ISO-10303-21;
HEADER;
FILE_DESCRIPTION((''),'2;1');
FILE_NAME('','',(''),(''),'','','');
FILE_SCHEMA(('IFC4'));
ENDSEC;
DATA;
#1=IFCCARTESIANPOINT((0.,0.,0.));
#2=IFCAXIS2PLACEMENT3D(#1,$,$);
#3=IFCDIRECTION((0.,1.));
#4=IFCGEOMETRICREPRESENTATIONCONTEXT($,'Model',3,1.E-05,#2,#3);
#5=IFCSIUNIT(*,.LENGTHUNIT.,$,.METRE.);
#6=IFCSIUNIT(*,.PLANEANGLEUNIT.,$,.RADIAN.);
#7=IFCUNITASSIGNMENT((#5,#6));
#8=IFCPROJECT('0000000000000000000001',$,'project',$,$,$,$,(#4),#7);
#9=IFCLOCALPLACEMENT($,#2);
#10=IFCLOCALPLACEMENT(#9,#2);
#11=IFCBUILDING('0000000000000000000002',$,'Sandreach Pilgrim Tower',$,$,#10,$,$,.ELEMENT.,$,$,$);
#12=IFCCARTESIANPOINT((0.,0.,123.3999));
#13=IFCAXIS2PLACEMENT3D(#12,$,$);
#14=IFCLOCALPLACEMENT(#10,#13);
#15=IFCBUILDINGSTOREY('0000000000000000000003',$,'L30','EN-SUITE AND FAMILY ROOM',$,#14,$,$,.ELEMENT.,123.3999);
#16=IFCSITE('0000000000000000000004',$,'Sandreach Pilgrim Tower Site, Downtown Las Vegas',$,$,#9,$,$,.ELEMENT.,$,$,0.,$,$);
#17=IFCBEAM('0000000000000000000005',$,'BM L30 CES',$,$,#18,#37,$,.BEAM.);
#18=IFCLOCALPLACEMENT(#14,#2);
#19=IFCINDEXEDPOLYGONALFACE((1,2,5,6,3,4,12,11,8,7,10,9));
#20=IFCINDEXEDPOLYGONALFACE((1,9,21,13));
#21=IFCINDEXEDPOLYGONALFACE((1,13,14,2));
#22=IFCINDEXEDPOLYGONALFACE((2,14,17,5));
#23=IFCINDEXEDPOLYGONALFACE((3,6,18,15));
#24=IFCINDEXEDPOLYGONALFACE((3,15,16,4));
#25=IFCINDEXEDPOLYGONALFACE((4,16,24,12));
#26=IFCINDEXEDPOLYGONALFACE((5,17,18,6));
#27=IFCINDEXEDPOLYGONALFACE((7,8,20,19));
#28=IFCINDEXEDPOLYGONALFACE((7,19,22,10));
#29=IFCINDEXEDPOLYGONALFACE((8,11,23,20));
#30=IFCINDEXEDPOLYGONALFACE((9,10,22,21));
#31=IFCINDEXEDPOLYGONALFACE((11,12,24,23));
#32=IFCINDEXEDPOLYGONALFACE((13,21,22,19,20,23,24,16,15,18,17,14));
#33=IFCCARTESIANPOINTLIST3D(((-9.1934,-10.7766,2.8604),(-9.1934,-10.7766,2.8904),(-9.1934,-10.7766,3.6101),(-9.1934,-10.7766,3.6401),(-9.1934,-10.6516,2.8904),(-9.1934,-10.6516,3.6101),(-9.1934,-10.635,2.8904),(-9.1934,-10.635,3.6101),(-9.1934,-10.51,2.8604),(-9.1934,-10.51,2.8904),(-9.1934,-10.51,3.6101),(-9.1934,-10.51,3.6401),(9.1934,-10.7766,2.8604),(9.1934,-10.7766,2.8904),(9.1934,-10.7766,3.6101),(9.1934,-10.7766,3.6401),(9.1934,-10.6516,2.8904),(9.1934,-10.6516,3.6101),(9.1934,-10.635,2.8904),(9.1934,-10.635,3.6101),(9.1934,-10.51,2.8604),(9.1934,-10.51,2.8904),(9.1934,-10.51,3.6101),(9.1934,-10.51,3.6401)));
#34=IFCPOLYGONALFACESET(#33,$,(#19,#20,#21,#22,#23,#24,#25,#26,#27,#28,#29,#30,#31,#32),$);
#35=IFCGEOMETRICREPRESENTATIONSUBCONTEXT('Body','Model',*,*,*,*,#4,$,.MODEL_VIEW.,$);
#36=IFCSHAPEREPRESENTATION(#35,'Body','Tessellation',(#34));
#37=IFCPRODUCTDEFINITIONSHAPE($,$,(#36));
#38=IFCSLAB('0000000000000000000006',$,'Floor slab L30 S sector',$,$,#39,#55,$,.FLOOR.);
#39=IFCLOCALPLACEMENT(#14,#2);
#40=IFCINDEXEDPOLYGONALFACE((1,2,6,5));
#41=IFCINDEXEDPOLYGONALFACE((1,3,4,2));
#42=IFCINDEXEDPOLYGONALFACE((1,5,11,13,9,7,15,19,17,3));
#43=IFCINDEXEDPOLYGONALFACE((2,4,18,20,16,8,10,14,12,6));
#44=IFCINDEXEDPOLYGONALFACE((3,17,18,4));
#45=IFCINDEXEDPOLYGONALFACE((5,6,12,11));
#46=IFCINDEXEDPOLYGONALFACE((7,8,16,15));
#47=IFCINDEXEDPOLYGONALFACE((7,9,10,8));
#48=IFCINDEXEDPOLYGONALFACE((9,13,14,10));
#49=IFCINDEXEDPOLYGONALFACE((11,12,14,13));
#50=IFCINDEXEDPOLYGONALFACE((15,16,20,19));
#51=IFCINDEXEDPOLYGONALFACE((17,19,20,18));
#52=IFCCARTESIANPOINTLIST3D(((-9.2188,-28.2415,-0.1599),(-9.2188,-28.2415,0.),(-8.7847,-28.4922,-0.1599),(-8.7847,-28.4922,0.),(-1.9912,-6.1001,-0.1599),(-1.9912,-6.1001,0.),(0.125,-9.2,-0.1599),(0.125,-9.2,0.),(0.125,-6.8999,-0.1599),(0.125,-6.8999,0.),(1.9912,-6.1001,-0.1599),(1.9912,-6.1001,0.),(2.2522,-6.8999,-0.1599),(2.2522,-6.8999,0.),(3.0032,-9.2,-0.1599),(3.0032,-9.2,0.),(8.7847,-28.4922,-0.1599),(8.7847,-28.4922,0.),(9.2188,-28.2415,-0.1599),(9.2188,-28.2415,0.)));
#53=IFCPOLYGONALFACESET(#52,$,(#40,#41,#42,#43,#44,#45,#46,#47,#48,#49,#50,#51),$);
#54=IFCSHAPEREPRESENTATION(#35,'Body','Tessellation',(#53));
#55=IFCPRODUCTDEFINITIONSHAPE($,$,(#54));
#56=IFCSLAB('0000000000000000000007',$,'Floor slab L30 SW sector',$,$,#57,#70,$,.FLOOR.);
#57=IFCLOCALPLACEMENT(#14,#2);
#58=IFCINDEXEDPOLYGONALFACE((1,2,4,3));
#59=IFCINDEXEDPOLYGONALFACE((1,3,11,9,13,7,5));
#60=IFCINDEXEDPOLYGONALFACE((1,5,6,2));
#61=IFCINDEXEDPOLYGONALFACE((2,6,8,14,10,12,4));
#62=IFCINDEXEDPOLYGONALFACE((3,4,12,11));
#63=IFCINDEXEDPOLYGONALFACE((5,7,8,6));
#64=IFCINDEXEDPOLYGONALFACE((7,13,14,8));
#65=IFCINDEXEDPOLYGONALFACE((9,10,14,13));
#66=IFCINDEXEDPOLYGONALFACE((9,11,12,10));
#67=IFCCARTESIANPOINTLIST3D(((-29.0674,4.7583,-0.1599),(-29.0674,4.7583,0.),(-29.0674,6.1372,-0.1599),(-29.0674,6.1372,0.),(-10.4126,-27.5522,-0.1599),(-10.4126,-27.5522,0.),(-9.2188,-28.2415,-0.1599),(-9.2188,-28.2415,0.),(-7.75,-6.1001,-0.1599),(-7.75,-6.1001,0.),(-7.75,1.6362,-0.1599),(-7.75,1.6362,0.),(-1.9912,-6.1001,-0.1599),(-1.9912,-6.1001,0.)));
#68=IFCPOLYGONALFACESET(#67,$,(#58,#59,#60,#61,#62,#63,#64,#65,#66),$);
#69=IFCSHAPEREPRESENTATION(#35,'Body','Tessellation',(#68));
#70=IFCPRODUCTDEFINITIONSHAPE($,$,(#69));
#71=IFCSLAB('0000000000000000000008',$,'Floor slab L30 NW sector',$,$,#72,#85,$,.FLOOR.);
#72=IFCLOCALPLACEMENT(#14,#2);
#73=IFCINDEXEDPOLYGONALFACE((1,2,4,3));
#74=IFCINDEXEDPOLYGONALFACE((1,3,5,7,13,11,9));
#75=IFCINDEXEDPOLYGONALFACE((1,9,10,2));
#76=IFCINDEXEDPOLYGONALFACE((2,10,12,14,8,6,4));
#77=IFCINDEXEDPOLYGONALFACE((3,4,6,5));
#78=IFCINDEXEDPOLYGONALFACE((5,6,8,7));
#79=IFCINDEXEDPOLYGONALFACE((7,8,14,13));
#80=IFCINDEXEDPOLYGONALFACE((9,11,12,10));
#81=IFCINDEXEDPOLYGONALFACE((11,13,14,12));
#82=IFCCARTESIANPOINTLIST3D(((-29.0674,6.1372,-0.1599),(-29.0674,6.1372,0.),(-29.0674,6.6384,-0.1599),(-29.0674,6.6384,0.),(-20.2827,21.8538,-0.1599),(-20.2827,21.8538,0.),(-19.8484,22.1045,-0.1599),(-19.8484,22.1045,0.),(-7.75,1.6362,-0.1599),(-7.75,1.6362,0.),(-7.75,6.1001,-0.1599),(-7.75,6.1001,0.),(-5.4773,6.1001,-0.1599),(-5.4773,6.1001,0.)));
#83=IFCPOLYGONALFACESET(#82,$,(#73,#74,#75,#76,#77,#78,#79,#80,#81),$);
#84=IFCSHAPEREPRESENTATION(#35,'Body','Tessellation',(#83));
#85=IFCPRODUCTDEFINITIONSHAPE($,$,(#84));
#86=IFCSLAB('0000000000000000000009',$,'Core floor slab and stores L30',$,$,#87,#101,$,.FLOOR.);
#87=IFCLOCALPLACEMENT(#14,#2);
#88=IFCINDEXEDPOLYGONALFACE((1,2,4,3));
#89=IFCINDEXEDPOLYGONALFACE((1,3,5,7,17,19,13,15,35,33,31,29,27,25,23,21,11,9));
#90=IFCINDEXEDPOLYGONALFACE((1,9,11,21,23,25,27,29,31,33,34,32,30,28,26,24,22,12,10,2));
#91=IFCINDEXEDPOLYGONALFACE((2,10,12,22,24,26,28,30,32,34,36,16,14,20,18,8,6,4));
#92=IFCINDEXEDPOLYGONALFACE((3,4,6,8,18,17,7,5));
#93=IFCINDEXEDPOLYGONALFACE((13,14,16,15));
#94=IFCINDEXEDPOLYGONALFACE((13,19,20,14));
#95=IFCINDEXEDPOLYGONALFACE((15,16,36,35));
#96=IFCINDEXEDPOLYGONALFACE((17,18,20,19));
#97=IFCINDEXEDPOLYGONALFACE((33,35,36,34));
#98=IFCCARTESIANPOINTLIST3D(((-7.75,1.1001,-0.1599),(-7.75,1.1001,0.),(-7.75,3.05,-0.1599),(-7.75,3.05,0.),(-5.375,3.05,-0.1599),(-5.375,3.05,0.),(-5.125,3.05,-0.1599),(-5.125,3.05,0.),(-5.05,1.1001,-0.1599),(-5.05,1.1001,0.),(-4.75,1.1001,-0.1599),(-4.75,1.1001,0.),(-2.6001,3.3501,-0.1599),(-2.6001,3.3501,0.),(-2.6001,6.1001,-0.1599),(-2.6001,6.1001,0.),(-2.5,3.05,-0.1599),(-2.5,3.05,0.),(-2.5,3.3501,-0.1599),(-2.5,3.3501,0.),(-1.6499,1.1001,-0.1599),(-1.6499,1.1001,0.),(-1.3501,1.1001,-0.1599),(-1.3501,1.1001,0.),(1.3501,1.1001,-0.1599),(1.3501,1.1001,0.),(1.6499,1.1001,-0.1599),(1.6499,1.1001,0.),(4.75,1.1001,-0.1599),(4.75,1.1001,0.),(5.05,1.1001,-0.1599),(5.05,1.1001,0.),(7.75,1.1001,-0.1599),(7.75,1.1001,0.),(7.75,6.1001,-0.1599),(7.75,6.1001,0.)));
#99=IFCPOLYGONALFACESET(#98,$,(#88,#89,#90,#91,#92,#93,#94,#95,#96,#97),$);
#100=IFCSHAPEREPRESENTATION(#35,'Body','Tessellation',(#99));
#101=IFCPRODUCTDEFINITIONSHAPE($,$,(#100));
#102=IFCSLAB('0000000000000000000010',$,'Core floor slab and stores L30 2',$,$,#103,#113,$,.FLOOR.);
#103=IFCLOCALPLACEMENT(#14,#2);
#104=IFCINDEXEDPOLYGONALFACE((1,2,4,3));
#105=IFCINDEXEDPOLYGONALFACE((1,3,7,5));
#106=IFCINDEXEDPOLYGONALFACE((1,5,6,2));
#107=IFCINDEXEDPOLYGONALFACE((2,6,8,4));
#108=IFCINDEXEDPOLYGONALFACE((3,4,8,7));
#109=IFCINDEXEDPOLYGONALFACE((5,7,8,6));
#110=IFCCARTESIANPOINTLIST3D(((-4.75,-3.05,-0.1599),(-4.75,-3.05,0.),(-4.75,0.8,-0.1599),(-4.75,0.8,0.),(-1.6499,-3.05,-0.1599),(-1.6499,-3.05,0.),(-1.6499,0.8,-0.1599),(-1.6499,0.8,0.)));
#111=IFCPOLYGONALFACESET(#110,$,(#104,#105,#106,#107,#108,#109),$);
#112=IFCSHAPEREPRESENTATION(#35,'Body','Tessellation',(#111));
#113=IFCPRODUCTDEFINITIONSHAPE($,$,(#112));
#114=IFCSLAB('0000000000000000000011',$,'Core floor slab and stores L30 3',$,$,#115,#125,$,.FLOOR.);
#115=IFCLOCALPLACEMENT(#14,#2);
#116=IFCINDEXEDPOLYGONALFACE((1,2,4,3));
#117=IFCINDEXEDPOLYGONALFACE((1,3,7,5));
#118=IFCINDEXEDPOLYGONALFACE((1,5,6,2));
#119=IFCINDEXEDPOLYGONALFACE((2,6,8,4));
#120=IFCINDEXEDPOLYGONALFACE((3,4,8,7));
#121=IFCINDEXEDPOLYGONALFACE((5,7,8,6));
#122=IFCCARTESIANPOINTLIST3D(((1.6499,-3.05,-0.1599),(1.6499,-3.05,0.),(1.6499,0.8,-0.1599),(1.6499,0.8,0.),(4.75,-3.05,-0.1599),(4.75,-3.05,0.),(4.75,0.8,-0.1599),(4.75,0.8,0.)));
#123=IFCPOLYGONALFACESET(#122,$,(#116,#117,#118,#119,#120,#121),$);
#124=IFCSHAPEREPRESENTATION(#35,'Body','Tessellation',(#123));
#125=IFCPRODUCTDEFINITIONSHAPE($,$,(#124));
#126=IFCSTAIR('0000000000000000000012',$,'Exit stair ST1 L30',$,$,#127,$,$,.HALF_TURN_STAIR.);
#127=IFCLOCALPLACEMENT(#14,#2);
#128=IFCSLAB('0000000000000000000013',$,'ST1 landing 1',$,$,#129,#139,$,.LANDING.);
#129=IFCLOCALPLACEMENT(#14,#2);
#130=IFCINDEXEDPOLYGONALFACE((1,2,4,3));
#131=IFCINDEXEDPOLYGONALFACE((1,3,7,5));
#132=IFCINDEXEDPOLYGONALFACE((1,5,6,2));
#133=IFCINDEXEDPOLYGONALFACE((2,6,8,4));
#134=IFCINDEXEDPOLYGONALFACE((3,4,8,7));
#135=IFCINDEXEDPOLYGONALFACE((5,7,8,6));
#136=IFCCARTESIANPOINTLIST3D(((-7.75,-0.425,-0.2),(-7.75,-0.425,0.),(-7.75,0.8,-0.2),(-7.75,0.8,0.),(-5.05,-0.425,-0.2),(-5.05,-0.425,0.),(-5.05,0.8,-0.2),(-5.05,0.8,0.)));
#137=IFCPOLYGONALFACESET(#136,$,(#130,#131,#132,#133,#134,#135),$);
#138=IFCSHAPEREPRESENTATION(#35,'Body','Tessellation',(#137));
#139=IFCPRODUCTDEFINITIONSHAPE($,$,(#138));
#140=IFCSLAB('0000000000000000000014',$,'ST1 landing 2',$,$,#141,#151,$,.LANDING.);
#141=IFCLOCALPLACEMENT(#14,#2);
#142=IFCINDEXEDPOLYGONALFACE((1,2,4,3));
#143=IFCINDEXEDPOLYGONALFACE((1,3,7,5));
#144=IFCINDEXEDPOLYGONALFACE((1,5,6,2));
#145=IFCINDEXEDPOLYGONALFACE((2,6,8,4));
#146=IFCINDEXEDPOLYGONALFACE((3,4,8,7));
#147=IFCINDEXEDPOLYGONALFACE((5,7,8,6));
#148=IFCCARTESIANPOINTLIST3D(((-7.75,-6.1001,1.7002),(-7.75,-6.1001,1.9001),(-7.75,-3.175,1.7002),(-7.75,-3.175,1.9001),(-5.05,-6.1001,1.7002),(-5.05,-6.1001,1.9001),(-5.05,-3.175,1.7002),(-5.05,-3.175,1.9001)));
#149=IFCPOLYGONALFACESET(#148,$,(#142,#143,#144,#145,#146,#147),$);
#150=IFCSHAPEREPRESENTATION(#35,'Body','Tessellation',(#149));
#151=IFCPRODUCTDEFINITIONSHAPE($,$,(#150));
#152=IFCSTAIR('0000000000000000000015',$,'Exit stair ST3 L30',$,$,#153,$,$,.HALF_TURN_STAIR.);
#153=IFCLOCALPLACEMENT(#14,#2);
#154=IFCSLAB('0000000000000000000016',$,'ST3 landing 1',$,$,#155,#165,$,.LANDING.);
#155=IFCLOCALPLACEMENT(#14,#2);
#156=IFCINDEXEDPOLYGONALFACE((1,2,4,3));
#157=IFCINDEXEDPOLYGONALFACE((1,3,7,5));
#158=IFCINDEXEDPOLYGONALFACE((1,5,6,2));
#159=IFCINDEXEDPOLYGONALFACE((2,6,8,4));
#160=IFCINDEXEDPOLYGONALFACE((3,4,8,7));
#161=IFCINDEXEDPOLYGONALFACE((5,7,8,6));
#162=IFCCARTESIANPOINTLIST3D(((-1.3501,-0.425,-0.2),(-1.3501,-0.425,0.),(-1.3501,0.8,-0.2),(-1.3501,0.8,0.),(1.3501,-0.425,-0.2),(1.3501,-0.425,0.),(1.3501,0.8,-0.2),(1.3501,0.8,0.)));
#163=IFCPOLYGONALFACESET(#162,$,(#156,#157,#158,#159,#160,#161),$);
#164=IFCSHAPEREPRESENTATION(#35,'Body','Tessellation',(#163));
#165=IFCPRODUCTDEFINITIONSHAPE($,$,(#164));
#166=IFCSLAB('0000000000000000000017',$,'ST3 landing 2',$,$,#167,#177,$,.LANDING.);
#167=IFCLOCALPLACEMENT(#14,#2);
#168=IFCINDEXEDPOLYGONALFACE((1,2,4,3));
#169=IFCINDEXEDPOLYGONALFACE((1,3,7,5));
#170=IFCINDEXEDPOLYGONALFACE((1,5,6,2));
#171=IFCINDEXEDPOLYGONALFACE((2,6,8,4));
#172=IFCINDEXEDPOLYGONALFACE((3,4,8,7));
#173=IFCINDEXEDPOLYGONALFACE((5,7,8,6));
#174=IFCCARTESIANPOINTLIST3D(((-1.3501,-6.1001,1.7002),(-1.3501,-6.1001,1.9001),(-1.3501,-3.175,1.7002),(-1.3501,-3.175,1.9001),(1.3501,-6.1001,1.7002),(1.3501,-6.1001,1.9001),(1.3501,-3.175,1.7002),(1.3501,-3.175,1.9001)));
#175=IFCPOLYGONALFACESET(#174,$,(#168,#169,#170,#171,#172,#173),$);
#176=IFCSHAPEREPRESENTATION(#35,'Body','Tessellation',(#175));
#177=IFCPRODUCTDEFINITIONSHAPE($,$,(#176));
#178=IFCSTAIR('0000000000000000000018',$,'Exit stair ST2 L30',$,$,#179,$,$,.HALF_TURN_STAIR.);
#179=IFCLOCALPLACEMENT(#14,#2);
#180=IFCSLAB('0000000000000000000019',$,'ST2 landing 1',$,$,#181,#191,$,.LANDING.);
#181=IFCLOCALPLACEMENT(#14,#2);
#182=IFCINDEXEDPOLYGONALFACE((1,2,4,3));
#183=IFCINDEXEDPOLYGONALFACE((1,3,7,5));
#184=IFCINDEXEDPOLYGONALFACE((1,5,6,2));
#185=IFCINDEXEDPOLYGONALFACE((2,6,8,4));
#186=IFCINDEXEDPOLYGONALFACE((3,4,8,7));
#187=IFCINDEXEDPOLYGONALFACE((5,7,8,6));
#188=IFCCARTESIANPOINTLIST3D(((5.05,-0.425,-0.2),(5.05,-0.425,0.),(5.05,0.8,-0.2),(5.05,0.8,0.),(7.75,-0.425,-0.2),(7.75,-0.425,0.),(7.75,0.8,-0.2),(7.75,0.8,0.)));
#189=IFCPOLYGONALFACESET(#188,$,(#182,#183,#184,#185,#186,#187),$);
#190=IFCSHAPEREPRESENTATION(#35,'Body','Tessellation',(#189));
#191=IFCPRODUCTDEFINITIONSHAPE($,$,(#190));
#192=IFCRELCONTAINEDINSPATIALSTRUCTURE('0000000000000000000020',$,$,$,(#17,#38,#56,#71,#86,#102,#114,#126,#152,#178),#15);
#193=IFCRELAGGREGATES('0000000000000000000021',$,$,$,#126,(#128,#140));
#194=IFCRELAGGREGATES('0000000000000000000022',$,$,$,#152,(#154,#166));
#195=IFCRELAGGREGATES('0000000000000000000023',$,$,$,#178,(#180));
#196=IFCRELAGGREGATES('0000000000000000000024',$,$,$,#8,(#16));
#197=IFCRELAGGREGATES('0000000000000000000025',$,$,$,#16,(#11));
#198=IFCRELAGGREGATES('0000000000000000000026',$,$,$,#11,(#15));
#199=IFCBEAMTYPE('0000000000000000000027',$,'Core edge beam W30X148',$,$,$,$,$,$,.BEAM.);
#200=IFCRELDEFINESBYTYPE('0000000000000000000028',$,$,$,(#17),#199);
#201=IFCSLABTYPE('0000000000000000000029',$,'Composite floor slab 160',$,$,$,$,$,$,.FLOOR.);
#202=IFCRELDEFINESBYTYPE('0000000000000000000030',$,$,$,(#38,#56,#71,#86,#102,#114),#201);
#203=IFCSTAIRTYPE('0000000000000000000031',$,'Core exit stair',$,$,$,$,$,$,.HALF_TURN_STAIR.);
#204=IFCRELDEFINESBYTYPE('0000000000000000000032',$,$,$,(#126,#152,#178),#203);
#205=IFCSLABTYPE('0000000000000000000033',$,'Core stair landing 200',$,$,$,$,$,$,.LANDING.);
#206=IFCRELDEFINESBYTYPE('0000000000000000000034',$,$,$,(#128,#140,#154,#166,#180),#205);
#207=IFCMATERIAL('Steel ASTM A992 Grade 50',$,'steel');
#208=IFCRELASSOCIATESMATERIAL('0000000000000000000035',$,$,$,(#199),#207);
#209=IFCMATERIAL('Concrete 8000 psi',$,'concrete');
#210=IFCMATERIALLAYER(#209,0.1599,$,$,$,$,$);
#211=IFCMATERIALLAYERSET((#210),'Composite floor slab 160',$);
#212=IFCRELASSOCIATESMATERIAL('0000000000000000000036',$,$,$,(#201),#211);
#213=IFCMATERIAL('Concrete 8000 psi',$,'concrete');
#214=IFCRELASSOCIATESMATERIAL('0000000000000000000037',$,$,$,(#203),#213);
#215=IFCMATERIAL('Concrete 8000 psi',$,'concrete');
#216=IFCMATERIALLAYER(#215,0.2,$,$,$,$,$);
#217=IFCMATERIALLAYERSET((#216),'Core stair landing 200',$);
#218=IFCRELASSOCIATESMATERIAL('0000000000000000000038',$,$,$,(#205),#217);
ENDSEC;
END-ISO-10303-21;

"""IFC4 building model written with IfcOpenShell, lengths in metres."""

from ifc_helpers import new_model, si_unit, direction, frame, origin, origin_2d, place, context, subcontext, project, spatial, polyline, i_section, outline, extrude, material, layer, layer_set, material_profile, profile_set, type_object, element, aggregate, save


model = new_model("IFC4")

# Units and contexts
model_context = context("Model", 3, precision=1e-05, world=origin(), true_north=direction((0.0, 1.0)))
body_context = subcontext(model_context, "Body", "Model", "MODEL_VIEW")
ifc_project = project(units=[si_unit("LENGTHUNIT", "METRE"), si_unit("PLANEANGLEUNIT", "RADIAN")], contexts=[model_context])

# Site, building, storey
site_placement = place(None, origin())
site = spatial("IfcSite", under=ifc_project, at=site_placement, Name="Sandreach Pilgrim Tower Site, Downtown Las Vegas", CompositionType="ELEMENT", RefElevation=0.0)
building_placement = place(site_placement, origin())
building = spatial("IfcBuilding", under=site, at=building_placement, Name="Sandreach Pilgrim Tower", CompositionType="ELEMENT")
storey_placement = place(building_placement, frame((0.0, 0.0, 123.3999)))
storey = spatial("IfcBuildingStorey", under=building, at=storey_placement, Name="L30", Description="EN-SUITE AND FAMILY ROOM", CompositionType="ELEMENT", Elevation=123.3999)

# Beam
ifc_material_1 = material(Name="Steel ASTM A992 Grade 50", Category="steel")
ifc_material_profile = material_profile(ifc_material_1, i_section(OverallWidth=0.2666, OverallDepth=0.7798, WebThickness=0.0166, FlangeThickness=0.03, at=origin_2d()), Name="W30X148")
ifc_profile_set = profile_set([ifc_material_profile], Name="Steel ASTM A992 Grade 50")
beam_type = type_object("IfcBeamType", Name="Core edge beam W30X148", PredefinedType="BEAM", material=ifc_profile_set)
beam_placement = place(storey_placement, frame((9.1934, -10.6433, 3.2502), z_axis=(-1.0, 0.0, 0.0), x_axis=(0.0, -1.0, 0.0)))
element("IfcBeam", 1, at=beam_placement, inside=storey, type_object=beam_type, Name="BM L30 CES", PredefinedType="BEAM", context=body_context, shape_type="SweptSolid", body=[
    extrude(i_section(OverallWidth=0.2666, OverallDepth=0.7798, WebThickness=0.0166, FlangeThickness=0.03, at=origin_2d()), origin(), (0.0, 0.0, 1.0), 18.3867),
])

# Slabs
ifc_material_2 = material(Name="Concrete 8000 psi", Category="concrete")
ifc_layer_1 = layer(ifc_material_2, 0.1599)
ifc_layer_set_1 = layer_set([ifc_layer_1], Name="Composite floor slab 160")
slab_type_1 = type_object("IfcSlabType", Name="Composite floor slab 160", PredefinedType="FLOOR", material=ifc_layer_set_1)
slab_1_placement = place(storey_placement, frame((0.0, 0.0, -0.1599)))
element("IfcSlab", 2, at=slab_1_placement, inside=storey, type_object=slab_type_1, Name="Floor slab L30 S sector", PredefinedType="FLOOR", context=body_context, shape_type="SweptSolid", body=[
    extrude(outline(polyline([(8.7847, -28.4922), (-8.7847, -28.4922), (-9.2188, -28.2415), (-1.9912, -6.1001), (1.9912, -6.1001), (2.2522, -6.8999), (0.125, -6.8999), (0.125, -9.2), (3.0032, -9.2), (9.2188, -28.2415), (8.7847, -28.4922)])), origin(), (0.0, 0.0, 1.0), 0.1599),
])
slab_2_placement = place(storey_placement, frame((0.0, 0.0, -0.1599)))
element("IfcSlab", 3, at=slab_2_placement, inside=storey, type_object=slab_type_1, Name="Floor slab L30 SW sector", PredefinedType="FLOOR", context=body_context, shape_type="SweptSolid", body=[
    extrude(outline(polyline([(-10.4126, -27.5522), (-29.0674, 4.7583), (-29.0674, 6.1372), (-7.75, 1.6362), (-7.75, -6.1001), (-1.9912, -6.1001), (-9.2188, -28.2415), (-10.4126, -27.5522)])), origin(), (0.0, 0.0, 1.0), 0.1599),
])
slab_3_placement = place(storey_placement, frame((0.0, 0.0, -0.1599)))
element("IfcSlab", 4, at=slab_3_placement, inside=storey, type_object=slab_type_1, Name="Floor slab L30 NW sector", PredefinedType="FLOOR", context=body_context, shape_type="SweptSolid", body=[
    extrude(outline(polyline([(-29.0674, 6.6384), (-20.2827, 21.8538), (-19.8484, 22.1045), (-5.4773, 6.1001), (-7.75, 6.1001), (-7.75, 1.6362), (-29.0674, 6.1372), (-29.0674, 6.6384)])), origin(), (0.0, 0.0, 1.0), 0.1599),
])
slab_4_placement = place(storey_placement, frame((0.0, 0.0, -0.1599)))
element("IfcSlab", 5, at=slab_4_placement, inside=storey, type_object=slab_type_1, Name="Core floor slab and stores L30", PredefinedType="FLOOR", context=body_context, shape_type="SweptSolid", body=[
    extrude(outline(polyline([(-7.75, 3.05), (-5.375, 3.05), (-5.125, 3.05), (-2.5, 3.05), (-2.5, 3.3501), (-2.6001, 3.3501), (-2.6001, 6.1001), (7.75, 6.1001), (7.75, 1.1001), (5.05, 1.1001), (4.75, 1.1001), (1.6499, 1.1001), (1.3501, 1.1001), (-1.3501, 1.1001), (-1.6499, 1.1001), (-4.75, 1.1001), (-5.05, 1.1001), (-7.75, 1.1001), (-7.75, 3.05)])), origin(), (0.0, 0.0, 1.0), 0.1599),
])
slab_5_placement = place(storey_placement, frame((0.0, 0.0, -0.1599)))
element("IfcSlab", 6, at=slab_5_placement, inside=storey, type_object=slab_type_1, Name="Core floor slab and stores L30 2", PredefinedType="FLOOR", context=body_context, shape_type="SweptSolid", body=[
    extrude(outline(polyline([(-1.6499, -3.05), (-4.75, -3.05), (-4.75, 0.8), (-1.6499, 0.8), (-1.6499, -3.05)])), origin(), (0.0, 0.0, 1.0), 0.1599),
])
slab_6_placement = place(storey_placement, frame((0.0, 0.0, -0.1599)))
element("IfcSlab", 7, at=slab_6_placement, inside=storey, type_object=slab_type_1, Name="Core floor slab and stores L30 3", PredefinedType="FLOOR", context=body_context, shape_type="SweptSolid", body=[
    extrude(outline(polyline([(4.75, -3.05), (1.6499, -3.05), (1.6499, 0.8), (4.75, 0.8), (4.75, -3.05)])), origin(), (0.0, 0.0, 1.0), 0.1599),
])

# Stairs, slabs
ifc_material_3 = material(Name="Concrete 8000 psi", Category="concrete")
stair_type = type_object("IfcStairType", Name="Core exit stair", PredefinedType="HALF_TURN_STAIR", material=ifc_material_3)
stair_1_placement = place(storey_placement, origin())
stair_1 = element("IfcStair", 8, at=stair_1_placement, inside=storey, type_object=stair_type, Name="Exit stair ST1 L30", PredefinedType="HALF_TURN_STAIR")
ifc_material_4 = material(Name="Concrete 8000 psi", Category="concrete")
ifc_layer_2 = layer(ifc_material_4, 0.2)
ifc_layer_set_2 = layer_set([ifc_layer_2], Name="Core stair landing 200")
slab_type_2 = type_object("IfcSlabType", Name="Core stair landing 200", PredefinedType="LANDING", material=ifc_layer_set_2)
slab_7_placement = place(storey_placement, frame((0.0, 0.0, -0.2)))
slab_7 = element("IfcSlab", 9, at=slab_7_placement, type_object=slab_type_2, Name="ST1 landing 1", PredefinedType="LANDING", context=body_context, shape_type="SweptSolid", body=[
    extrude(outline(polyline([(-7.75, -0.425), (-5.05, -0.425), (-5.05, 0.8), (-7.75, 0.8), (-7.75, -0.425)])), origin(), (0.0, 0.0, 1.0), 0.2),
])
slab_8_placement = place(storey_placement, frame((0.0, 0.0, 1.7002)))
slab_8 = element("IfcSlab", 10, at=slab_8_placement, type_object=slab_type_2, Name="ST1 landing 2", PredefinedType="LANDING", context=body_context, shape_type="SweptSolid", body=[
    extrude(outline(polyline([(-7.75, -6.1001), (-5.05, -6.1001), (-5.05, -3.175), (-7.75, -3.175), (-7.75, -6.1001)])), origin(), (0.0, 0.0, 1.0), 0.2),
])
aggregate(stair_1, [slab_7, slab_8])
stair_2_placement = place(storey_placement, origin())
stair_2 = element("IfcStair", 11, at=stair_2_placement, inside=storey, type_object=stair_type, Name="Exit stair ST3 L30", PredefinedType="HALF_TURN_STAIR")
slab_9_placement = place(storey_placement, frame((0.0, 0.0, -0.2)))
slab_9 = element("IfcSlab", 12, at=slab_9_placement, type_object=slab_type_2, Name="ST3 landing 1", PredefinedType="LANDING", context=body_context, shape_type="SweptSolid", body=[
    extrude(outline(polyline([(-1.3501, -0.425), (1.3501, -0.425), (1.3501, 0.8), (-1.3501, 0.8), (-1.3501, -0.425)])), origin(), (0.0, 0.0, 1.0), 0.2),
])
slab_10_placement = place(storey_placement, frame((0.0, 0.0, 1.7002)))
slab_10 = element("IfcSlab", 13, at=slab_10_placement, type_object=slab_type_2, Name="ST3 landing 2", PredefinedType="LANDING", context=body_context, shape_type="SweptSolid", body=[
    extrude(outline(polyline([(-1.3501, -6.1001), (1.3501, -6.1001), (1.3501, -3.175), (-1.3501, -3.175), (-1.3501, -6.1001)])), origin(), (0.0, 0.0, 1.0), 0.2),
])
stair_3_placement = place(storey_placement, origin())
stair_3 = element("IfcStair", 14, at=stair_3_placement, inside=storey, type_object=stair_type, Name="Exit stair ST2 L30", PredefinedType="HALF_TURN_STAIR")
slab_11_placement = place(storey_placement, frame((0.0, 0.0, -0.2)))
slab_11 = element("IfcSlab", 15, at=slab_11_placement, type_object=slab_type_2, Name="ST2 landing 1", PredefinedType="LANDING", context=body_context, shape_type="SweptSolid", body=[
    extrude(outline(polyline([(5.05, -0.425), (7.75, -0.425), (7.75, 0.8), (5.05, 0.8), (5.05, -0.425)])), origin(), (0.0, 0.0, 1.0), 0.2),
])

aggregate(stair_2, [slab_9, slab_10])
aggregate(stair_3, [slab_11])

save(model, "model.ifc")
